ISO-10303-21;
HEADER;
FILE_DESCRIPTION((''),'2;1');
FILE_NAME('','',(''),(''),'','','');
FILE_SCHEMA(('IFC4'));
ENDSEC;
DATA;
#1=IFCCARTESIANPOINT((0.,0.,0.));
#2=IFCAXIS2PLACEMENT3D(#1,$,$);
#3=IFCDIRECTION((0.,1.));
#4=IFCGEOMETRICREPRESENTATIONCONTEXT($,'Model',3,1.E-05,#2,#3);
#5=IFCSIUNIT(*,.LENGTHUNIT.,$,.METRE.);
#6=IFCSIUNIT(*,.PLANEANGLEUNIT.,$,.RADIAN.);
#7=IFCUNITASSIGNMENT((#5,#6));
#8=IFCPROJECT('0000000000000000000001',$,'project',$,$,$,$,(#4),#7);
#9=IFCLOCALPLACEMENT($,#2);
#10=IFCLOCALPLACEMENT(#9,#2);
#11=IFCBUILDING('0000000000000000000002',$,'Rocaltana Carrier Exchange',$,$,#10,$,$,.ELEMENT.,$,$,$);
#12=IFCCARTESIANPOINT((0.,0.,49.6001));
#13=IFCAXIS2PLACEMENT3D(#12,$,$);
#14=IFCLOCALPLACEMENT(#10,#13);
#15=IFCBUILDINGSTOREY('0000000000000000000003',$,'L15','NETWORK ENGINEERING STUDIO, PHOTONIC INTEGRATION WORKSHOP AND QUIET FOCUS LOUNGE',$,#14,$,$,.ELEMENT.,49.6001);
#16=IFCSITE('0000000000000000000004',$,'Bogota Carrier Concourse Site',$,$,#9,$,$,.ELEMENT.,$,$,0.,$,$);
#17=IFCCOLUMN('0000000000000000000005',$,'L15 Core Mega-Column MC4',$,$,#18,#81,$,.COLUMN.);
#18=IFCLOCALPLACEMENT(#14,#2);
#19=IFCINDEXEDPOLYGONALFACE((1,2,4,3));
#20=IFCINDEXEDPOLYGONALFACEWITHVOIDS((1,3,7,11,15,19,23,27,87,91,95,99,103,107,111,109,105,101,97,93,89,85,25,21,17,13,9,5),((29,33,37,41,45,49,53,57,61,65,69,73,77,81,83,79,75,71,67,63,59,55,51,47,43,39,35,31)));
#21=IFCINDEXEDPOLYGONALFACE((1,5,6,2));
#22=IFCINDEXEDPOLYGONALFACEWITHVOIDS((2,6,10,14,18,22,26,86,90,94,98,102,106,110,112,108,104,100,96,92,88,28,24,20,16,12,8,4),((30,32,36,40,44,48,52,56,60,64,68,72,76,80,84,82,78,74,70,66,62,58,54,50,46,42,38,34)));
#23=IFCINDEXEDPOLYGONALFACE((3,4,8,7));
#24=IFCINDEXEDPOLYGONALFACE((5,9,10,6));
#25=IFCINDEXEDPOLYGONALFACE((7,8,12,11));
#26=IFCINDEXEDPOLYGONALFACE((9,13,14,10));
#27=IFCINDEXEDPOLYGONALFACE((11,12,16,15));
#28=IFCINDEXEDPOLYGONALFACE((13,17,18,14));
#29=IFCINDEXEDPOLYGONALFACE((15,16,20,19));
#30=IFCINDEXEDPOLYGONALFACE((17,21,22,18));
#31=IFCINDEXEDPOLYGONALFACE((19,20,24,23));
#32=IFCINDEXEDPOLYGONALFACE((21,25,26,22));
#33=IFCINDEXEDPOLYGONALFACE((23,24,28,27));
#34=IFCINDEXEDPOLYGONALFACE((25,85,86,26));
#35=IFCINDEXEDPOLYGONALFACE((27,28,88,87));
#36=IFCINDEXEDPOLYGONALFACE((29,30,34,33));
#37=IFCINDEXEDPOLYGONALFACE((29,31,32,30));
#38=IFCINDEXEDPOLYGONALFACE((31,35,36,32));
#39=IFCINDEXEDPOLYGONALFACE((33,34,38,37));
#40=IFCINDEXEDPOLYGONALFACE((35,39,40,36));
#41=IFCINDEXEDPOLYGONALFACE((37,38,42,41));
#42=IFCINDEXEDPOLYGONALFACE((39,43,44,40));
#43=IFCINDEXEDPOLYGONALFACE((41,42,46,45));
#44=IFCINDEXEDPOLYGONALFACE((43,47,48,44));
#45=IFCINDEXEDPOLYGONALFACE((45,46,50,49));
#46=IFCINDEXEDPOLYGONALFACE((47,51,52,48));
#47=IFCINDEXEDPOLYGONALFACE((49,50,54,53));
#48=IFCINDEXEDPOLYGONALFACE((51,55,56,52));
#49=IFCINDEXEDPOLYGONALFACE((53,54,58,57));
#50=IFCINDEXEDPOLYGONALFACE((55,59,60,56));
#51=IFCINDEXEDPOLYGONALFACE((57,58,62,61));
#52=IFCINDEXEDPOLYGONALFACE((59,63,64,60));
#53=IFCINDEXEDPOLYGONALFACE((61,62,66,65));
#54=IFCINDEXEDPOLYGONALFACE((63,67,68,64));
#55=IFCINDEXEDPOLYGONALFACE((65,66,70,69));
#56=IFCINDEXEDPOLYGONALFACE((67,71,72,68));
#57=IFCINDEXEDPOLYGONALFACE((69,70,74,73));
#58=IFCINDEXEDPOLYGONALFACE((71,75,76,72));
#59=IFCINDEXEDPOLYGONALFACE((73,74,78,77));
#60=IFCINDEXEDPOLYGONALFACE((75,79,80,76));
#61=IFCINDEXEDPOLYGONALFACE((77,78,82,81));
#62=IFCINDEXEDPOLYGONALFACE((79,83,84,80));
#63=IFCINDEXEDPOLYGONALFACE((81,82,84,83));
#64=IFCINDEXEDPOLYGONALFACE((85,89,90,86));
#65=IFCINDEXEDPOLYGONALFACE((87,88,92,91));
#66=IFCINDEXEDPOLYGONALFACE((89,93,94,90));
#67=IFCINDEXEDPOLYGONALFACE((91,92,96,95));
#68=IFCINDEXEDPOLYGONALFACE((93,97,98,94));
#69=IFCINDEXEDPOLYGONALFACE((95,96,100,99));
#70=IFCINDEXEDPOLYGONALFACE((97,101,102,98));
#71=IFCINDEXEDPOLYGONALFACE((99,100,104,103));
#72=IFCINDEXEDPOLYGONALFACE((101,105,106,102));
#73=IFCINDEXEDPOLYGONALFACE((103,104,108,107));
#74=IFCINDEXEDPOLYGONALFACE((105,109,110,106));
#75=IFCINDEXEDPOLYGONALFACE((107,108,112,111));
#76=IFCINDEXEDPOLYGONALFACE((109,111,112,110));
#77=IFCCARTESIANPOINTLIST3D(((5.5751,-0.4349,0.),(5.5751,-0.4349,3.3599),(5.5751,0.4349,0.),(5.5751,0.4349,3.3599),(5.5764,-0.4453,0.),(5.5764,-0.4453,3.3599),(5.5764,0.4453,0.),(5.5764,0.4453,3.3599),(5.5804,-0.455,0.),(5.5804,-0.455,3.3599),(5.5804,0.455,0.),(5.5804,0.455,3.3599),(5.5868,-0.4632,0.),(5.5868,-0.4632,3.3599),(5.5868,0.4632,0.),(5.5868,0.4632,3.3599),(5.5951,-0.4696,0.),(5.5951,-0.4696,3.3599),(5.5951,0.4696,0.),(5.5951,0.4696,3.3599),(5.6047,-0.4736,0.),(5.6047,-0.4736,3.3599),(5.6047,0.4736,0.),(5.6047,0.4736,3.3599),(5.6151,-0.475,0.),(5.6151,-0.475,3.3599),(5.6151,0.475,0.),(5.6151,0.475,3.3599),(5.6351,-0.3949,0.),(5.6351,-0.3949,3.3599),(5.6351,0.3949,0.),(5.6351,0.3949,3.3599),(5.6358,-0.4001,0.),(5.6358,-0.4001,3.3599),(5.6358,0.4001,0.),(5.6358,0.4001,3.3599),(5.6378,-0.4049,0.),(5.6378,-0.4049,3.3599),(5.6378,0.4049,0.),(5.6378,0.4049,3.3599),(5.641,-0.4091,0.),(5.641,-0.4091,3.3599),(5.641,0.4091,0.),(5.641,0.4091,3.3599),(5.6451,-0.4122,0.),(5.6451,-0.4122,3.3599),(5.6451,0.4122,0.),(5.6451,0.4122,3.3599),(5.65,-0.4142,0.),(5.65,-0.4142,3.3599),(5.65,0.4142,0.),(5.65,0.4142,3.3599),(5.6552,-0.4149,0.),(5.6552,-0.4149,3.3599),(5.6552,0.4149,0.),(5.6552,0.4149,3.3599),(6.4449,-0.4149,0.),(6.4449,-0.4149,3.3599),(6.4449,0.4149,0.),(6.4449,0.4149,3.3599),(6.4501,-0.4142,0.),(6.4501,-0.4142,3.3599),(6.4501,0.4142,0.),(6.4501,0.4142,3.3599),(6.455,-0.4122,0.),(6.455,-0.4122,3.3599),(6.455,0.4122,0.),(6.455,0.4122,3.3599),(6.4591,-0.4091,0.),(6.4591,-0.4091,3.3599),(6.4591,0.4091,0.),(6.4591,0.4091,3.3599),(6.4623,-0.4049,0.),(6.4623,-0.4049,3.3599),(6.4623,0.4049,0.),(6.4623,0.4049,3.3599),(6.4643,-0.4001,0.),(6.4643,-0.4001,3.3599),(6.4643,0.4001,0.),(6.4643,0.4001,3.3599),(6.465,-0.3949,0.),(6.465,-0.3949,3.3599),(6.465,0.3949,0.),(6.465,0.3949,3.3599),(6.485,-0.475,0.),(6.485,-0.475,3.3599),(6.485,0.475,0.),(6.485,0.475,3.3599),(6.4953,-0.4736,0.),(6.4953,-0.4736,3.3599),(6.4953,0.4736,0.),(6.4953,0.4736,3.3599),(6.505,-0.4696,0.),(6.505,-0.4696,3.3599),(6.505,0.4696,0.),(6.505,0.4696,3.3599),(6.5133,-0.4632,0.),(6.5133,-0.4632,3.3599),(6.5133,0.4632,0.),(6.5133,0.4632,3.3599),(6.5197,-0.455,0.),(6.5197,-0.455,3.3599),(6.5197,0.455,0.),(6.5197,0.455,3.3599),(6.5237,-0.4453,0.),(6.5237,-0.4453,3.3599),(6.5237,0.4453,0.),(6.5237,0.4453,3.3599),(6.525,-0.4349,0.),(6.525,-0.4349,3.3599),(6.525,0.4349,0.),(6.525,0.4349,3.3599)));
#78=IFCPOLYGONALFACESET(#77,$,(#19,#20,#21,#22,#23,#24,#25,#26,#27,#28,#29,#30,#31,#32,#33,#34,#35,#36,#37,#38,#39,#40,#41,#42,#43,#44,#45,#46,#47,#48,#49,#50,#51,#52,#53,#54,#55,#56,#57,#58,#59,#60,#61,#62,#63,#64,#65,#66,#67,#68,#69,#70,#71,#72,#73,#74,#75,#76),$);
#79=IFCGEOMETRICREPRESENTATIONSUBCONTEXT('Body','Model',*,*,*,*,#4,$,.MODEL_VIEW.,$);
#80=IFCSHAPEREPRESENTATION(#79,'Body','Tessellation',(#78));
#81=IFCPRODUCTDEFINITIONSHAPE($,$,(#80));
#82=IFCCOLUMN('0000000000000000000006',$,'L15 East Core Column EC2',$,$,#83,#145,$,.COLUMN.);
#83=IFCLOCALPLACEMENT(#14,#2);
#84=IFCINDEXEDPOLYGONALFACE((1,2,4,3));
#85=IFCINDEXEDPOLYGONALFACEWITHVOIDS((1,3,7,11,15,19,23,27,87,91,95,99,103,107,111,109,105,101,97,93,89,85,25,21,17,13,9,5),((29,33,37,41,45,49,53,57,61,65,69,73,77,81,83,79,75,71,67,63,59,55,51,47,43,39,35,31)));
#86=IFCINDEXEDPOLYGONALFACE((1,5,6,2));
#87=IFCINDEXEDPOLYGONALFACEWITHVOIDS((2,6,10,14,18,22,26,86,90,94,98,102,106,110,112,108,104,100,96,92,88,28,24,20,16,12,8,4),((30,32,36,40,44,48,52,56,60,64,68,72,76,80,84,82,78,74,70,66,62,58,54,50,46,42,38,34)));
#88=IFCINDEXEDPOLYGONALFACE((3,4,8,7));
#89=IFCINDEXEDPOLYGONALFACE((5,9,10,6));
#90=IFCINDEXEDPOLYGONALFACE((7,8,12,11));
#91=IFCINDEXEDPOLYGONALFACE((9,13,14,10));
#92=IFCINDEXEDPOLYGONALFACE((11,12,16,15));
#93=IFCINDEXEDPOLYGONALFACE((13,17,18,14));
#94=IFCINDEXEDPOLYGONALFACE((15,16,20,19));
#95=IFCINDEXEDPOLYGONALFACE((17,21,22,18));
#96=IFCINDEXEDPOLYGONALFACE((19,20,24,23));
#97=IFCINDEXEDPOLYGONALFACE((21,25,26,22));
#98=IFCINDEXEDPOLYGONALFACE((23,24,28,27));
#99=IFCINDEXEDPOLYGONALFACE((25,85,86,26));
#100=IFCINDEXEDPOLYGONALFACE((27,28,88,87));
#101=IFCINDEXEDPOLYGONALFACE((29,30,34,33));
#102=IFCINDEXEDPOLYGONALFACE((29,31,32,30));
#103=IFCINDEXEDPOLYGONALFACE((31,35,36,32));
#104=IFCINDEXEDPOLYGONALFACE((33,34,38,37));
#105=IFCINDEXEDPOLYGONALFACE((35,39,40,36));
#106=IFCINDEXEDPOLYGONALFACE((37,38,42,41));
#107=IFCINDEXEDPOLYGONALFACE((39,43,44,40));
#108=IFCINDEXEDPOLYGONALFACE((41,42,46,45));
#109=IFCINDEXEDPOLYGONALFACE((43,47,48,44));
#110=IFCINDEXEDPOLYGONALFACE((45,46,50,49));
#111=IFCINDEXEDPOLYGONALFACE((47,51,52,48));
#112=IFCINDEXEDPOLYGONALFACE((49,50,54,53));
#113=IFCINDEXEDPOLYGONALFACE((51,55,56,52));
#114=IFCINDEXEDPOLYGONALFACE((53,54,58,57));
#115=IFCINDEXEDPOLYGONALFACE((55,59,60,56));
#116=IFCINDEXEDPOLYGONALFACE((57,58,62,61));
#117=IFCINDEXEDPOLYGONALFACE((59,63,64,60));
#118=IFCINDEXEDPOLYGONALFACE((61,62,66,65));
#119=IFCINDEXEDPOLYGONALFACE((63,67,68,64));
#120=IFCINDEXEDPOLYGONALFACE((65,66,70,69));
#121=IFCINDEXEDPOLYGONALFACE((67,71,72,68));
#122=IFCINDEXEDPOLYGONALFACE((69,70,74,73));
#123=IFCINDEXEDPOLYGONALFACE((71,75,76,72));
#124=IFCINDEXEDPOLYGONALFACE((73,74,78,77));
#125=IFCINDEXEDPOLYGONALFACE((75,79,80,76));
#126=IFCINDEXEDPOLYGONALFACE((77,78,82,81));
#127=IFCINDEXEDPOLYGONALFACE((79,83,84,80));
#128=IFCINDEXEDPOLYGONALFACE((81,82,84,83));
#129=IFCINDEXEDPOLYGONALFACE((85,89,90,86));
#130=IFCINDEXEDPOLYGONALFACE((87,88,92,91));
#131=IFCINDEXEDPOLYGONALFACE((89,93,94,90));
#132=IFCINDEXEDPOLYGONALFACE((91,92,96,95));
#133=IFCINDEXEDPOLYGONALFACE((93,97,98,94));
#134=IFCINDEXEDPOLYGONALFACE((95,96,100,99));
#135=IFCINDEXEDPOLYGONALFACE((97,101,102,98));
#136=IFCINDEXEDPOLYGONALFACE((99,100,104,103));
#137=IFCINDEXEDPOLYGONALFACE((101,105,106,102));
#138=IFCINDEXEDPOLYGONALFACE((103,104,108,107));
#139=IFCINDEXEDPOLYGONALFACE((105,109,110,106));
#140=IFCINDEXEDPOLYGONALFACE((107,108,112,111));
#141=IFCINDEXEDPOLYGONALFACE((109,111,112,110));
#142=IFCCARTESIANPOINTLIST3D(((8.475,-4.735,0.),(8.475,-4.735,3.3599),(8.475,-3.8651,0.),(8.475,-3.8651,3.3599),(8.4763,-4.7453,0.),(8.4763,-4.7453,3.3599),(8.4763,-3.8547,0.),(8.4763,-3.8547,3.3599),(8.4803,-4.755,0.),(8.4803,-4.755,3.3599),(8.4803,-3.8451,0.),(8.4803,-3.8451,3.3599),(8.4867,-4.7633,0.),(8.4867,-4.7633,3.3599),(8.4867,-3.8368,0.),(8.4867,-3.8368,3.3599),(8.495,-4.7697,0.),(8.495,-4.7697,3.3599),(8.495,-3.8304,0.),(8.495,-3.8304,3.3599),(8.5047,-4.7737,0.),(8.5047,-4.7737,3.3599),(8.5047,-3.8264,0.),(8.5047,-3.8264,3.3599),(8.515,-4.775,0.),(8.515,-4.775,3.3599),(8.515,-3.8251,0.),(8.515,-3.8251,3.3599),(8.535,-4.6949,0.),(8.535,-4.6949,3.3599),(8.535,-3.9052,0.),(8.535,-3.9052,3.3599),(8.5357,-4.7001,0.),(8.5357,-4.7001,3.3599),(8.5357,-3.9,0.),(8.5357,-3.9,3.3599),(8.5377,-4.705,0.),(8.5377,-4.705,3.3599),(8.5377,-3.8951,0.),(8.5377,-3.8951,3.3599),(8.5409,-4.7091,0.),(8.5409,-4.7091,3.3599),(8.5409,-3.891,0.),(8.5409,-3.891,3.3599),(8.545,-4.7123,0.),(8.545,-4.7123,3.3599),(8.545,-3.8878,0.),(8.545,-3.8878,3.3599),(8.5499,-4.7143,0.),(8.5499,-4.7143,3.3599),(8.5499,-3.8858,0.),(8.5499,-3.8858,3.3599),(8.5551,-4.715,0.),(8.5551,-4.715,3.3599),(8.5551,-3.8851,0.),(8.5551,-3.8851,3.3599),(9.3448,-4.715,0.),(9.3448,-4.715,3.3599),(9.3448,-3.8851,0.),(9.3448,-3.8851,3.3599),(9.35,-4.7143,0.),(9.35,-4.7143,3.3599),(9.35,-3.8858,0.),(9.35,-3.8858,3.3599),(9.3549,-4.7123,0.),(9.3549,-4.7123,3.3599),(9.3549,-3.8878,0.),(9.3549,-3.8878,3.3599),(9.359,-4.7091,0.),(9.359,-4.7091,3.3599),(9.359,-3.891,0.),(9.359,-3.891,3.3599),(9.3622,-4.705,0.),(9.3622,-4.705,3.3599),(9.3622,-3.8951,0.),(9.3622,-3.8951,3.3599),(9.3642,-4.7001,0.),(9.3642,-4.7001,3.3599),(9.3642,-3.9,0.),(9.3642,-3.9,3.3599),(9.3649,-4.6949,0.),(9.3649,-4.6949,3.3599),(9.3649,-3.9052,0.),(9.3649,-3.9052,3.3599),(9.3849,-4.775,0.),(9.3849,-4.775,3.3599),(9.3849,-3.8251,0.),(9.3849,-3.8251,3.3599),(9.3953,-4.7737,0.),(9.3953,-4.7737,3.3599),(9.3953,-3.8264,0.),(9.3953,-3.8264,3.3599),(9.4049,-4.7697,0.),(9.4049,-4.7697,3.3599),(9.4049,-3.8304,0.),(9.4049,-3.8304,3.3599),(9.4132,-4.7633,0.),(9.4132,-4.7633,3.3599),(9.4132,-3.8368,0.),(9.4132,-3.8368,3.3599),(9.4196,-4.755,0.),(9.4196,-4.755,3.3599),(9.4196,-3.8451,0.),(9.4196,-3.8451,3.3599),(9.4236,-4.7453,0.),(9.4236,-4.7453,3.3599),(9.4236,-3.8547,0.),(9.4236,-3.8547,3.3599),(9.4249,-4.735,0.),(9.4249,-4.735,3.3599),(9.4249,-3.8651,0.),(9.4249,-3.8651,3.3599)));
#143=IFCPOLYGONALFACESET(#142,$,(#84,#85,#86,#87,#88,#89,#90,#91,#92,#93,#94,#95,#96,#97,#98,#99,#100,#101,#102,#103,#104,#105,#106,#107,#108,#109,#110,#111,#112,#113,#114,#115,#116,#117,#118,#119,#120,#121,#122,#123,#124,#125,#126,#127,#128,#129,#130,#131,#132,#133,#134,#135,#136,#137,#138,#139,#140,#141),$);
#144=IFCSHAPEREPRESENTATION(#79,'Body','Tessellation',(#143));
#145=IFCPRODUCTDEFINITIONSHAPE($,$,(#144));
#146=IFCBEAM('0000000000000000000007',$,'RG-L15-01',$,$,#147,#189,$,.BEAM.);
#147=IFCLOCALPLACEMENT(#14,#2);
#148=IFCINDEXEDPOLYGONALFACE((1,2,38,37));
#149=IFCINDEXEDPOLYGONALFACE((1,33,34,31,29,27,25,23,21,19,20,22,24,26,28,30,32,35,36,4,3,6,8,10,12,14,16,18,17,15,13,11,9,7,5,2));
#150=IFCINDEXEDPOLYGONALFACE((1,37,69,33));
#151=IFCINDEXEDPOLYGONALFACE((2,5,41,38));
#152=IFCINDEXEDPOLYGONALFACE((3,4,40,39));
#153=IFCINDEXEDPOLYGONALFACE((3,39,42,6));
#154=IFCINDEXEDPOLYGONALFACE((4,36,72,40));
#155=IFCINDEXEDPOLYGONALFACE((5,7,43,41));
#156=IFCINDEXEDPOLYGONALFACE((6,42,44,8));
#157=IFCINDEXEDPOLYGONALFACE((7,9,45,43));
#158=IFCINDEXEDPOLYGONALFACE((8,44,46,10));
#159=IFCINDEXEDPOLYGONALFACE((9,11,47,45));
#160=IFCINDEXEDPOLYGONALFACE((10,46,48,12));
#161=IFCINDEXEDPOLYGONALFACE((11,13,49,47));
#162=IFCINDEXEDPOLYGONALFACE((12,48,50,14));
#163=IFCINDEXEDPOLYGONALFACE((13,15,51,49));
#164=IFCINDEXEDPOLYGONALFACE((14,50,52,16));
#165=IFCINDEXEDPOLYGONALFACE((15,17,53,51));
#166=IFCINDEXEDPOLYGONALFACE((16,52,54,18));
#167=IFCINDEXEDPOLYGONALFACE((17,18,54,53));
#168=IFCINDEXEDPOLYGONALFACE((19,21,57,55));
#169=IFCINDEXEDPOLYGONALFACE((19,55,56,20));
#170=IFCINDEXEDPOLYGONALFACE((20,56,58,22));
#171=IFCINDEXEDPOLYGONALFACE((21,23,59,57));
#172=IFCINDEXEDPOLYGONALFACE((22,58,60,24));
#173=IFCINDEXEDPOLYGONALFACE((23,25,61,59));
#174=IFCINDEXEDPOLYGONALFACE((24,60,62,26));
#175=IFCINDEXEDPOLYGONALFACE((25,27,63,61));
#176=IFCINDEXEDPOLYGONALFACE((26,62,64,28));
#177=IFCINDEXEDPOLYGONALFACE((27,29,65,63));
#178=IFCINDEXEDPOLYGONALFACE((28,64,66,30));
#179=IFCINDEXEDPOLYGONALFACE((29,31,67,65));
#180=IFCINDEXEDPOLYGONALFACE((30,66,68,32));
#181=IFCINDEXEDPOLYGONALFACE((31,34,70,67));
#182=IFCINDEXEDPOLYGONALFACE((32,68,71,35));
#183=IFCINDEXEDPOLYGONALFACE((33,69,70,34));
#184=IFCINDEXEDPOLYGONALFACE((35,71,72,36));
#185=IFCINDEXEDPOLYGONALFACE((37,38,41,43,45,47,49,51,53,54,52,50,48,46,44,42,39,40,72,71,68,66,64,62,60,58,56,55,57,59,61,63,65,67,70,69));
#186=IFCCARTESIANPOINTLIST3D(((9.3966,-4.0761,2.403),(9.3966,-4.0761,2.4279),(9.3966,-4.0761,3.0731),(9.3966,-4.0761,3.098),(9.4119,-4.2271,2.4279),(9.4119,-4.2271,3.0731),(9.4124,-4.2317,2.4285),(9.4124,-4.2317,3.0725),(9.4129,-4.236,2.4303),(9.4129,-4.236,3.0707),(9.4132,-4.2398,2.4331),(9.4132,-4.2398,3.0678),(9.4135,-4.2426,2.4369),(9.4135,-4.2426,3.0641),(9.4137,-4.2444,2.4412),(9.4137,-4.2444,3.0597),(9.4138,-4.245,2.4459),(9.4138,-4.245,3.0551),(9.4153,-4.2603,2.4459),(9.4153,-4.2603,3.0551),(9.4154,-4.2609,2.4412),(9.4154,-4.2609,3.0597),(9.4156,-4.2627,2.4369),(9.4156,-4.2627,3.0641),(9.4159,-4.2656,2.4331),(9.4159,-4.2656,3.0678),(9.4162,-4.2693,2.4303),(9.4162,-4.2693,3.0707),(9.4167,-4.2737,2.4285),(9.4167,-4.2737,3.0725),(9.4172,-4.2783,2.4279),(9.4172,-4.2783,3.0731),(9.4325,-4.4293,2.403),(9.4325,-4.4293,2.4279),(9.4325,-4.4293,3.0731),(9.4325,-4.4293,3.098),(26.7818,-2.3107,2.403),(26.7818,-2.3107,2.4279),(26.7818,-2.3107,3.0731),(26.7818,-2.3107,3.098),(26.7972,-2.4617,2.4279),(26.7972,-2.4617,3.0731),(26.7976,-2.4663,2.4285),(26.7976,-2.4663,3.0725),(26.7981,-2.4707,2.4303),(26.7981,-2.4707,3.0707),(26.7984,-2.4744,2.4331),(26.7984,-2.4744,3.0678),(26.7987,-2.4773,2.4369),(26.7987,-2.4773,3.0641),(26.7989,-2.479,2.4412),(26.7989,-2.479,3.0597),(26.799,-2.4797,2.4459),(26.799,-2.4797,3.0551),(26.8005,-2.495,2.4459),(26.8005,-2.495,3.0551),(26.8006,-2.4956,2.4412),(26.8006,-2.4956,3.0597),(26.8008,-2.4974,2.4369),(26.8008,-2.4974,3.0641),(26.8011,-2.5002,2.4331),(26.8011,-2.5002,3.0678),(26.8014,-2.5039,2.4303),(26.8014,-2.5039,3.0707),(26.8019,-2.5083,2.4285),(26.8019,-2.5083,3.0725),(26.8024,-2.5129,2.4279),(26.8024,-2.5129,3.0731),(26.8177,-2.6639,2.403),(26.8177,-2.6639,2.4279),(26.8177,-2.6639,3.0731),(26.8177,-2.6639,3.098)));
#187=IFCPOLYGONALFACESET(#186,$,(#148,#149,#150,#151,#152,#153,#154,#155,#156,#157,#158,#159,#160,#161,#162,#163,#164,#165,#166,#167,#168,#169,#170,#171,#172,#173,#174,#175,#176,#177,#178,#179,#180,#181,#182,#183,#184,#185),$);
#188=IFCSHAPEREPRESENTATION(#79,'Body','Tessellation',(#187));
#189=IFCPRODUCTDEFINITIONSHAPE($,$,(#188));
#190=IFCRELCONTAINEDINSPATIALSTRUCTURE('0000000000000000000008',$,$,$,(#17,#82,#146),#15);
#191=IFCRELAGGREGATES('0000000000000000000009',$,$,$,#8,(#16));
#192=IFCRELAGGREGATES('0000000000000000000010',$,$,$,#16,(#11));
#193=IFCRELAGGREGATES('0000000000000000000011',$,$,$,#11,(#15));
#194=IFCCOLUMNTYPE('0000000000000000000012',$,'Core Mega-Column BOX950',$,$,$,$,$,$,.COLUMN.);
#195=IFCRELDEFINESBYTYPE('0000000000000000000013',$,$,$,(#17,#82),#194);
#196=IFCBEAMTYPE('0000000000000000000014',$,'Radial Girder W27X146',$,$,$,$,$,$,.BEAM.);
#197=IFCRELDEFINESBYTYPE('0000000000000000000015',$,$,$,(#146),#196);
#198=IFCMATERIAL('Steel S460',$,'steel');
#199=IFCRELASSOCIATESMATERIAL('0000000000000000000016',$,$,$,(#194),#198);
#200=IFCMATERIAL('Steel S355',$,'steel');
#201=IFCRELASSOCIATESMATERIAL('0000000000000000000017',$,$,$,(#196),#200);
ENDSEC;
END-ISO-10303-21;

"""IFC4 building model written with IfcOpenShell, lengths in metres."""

from ifc_helpers import new_model, si_unit, direction, frame, origin, origin_2d, place, context, subcontext, project, spatial, hollow_rectangle, i_section, extrude, material, material_profile, profile_set, type_object, element, save


model = new_model("IFC4")

# Units and contexts
model_context = context("Model", 3, precision=1e-05, world=origin(), true_north=direction((0.0, 1.0)))
body_context = subcontext(model_context, "Body", "Model", "MODEL_VIEW")
ifc_project = project(units=[si_unit("LENGTHUNIT", "METRE"), si_unit("PLANEANGLEUNIT", "RADIAN")], contexts=[model_context])

# Site, building, storey
site_placement = place(None, origin())
site = spatial("IfcSite", under=ifc_project, at=site_placement, Name="Bogota Carrier Concourse Site", CompositionType="ELEMENT", RefElevation=0.0)
building_placement = place(site_placement, origin())
building = spatial("IfcBuilding", under=site, at=building_placement, Name="Rocaltana Carrier Exchange", CompositionType="ELEMENT")
storey_placement = place(building_placement, frame((0.0, 0.0, 49.6001)))
storey = spatial("IfcBuildingStorey", under=building, at=storey_placement, Name="L15", Description="NETWORK ENGINEERING STUDIO, PHOTONIC INTEGRATION WORKSHOP AND QUIET FOCUS LOUNGE", CompositionType="ELEMENT", Elevation=49.6001)

# Columns
ifc_material_1 = material(Name="Steel S460", Category="steel")
ifc_material_profile_1 = material_profile(ifc_material_1, hollow_rectangle(XDim=0.95, YDim=0.95, WallThickness=0.0601, InnerFilletRadius=0.02, OuterFilletRadius=0.04, at=origin_2d()), Name="BOX950X950X60")
ifc_profile_set_1 = profile_set([ifc_material_profile_1], Name="Steel S460")
column_type = type_object("IfcColumnType", Name="Core Mega-Column BOX950", PredefinedType="COLUMN", material=ifc_profile_set_1)
for number, where, z_axis, x_axis, name in (
    (1, (6.05, 0.0, 0.0), (0.0, 0.0, 1.0), (1.0, 0.0, 0.0), "L15 Core Mega-Column MC4"),
    (2, (8.95, -4.3, 0.0), (0.0, 0.0, 1.0), (1.0, 0.0, 0.0), "L15 East Core Column EC2"),
):
    element("IfcColumn", number, at=place(storey_placement, frame(where, z_axis=z_axis, x_axis=x_axis)), inside=storey, type_object=column_type, Name=name, PredefinedType="COLUMN", context=body_context, shape_type="SweptSolid", body=[
        extrude(hollow_rectangle(XDim=0.95, YDim=0.95, WallThickness=0.0601, InnerFilletRadius=0.02, OuterFilletRadius=0.04, at=origin_2d()), origin(), (0.0, 0.0, 1.0), 3.3599),
    ])

# Beam
ifc_material_2 = material(Name="Steel S355", Category="steel")
ifc_material_profile_2 = material_profile(ifc_material_2, i_section(OverallWidth=0.355, OverallDepth=0.6951, WebThickness=0.0154, FlangeThickness=0.0249, FilletRadius=0.0181, at=origin_2d()), Name="W27X146")
ifc_profile_set_2 = profile_set([ifc_material_profile_2], Name="Steel S355")
beam_type = type_object("IfcBeamType", Name="Radial Girder W27X146", PredefinedType="BEAM", material=ifc_profile_set_2)
beam_1_placement = place(storey_placement, frame((9.4146, -4.2527, 2.7505), z_axis=(0.994884, 0.101025, 0.0), x_axis=(-0.101025, 0.994884, 0.0)))
element("IfcBeam", 3, at=beam_1_placement, inside=storey, type_object=beam_type, Name="RG-L15-01", PredefinedType="BEAM", context=body_context, shape_type="SweptSolid", body=[
    extrude(i_section(OverallWidth=0.355, OverallDepth=0.6951, WebThickness=0.0154, FlangeThickness=0.0249, FilletRadius=0.0181, at=origin_2d()), origin(), (0.0, 0.0, 1.0), 17.4746),
])

save(model, "model.ifc")
